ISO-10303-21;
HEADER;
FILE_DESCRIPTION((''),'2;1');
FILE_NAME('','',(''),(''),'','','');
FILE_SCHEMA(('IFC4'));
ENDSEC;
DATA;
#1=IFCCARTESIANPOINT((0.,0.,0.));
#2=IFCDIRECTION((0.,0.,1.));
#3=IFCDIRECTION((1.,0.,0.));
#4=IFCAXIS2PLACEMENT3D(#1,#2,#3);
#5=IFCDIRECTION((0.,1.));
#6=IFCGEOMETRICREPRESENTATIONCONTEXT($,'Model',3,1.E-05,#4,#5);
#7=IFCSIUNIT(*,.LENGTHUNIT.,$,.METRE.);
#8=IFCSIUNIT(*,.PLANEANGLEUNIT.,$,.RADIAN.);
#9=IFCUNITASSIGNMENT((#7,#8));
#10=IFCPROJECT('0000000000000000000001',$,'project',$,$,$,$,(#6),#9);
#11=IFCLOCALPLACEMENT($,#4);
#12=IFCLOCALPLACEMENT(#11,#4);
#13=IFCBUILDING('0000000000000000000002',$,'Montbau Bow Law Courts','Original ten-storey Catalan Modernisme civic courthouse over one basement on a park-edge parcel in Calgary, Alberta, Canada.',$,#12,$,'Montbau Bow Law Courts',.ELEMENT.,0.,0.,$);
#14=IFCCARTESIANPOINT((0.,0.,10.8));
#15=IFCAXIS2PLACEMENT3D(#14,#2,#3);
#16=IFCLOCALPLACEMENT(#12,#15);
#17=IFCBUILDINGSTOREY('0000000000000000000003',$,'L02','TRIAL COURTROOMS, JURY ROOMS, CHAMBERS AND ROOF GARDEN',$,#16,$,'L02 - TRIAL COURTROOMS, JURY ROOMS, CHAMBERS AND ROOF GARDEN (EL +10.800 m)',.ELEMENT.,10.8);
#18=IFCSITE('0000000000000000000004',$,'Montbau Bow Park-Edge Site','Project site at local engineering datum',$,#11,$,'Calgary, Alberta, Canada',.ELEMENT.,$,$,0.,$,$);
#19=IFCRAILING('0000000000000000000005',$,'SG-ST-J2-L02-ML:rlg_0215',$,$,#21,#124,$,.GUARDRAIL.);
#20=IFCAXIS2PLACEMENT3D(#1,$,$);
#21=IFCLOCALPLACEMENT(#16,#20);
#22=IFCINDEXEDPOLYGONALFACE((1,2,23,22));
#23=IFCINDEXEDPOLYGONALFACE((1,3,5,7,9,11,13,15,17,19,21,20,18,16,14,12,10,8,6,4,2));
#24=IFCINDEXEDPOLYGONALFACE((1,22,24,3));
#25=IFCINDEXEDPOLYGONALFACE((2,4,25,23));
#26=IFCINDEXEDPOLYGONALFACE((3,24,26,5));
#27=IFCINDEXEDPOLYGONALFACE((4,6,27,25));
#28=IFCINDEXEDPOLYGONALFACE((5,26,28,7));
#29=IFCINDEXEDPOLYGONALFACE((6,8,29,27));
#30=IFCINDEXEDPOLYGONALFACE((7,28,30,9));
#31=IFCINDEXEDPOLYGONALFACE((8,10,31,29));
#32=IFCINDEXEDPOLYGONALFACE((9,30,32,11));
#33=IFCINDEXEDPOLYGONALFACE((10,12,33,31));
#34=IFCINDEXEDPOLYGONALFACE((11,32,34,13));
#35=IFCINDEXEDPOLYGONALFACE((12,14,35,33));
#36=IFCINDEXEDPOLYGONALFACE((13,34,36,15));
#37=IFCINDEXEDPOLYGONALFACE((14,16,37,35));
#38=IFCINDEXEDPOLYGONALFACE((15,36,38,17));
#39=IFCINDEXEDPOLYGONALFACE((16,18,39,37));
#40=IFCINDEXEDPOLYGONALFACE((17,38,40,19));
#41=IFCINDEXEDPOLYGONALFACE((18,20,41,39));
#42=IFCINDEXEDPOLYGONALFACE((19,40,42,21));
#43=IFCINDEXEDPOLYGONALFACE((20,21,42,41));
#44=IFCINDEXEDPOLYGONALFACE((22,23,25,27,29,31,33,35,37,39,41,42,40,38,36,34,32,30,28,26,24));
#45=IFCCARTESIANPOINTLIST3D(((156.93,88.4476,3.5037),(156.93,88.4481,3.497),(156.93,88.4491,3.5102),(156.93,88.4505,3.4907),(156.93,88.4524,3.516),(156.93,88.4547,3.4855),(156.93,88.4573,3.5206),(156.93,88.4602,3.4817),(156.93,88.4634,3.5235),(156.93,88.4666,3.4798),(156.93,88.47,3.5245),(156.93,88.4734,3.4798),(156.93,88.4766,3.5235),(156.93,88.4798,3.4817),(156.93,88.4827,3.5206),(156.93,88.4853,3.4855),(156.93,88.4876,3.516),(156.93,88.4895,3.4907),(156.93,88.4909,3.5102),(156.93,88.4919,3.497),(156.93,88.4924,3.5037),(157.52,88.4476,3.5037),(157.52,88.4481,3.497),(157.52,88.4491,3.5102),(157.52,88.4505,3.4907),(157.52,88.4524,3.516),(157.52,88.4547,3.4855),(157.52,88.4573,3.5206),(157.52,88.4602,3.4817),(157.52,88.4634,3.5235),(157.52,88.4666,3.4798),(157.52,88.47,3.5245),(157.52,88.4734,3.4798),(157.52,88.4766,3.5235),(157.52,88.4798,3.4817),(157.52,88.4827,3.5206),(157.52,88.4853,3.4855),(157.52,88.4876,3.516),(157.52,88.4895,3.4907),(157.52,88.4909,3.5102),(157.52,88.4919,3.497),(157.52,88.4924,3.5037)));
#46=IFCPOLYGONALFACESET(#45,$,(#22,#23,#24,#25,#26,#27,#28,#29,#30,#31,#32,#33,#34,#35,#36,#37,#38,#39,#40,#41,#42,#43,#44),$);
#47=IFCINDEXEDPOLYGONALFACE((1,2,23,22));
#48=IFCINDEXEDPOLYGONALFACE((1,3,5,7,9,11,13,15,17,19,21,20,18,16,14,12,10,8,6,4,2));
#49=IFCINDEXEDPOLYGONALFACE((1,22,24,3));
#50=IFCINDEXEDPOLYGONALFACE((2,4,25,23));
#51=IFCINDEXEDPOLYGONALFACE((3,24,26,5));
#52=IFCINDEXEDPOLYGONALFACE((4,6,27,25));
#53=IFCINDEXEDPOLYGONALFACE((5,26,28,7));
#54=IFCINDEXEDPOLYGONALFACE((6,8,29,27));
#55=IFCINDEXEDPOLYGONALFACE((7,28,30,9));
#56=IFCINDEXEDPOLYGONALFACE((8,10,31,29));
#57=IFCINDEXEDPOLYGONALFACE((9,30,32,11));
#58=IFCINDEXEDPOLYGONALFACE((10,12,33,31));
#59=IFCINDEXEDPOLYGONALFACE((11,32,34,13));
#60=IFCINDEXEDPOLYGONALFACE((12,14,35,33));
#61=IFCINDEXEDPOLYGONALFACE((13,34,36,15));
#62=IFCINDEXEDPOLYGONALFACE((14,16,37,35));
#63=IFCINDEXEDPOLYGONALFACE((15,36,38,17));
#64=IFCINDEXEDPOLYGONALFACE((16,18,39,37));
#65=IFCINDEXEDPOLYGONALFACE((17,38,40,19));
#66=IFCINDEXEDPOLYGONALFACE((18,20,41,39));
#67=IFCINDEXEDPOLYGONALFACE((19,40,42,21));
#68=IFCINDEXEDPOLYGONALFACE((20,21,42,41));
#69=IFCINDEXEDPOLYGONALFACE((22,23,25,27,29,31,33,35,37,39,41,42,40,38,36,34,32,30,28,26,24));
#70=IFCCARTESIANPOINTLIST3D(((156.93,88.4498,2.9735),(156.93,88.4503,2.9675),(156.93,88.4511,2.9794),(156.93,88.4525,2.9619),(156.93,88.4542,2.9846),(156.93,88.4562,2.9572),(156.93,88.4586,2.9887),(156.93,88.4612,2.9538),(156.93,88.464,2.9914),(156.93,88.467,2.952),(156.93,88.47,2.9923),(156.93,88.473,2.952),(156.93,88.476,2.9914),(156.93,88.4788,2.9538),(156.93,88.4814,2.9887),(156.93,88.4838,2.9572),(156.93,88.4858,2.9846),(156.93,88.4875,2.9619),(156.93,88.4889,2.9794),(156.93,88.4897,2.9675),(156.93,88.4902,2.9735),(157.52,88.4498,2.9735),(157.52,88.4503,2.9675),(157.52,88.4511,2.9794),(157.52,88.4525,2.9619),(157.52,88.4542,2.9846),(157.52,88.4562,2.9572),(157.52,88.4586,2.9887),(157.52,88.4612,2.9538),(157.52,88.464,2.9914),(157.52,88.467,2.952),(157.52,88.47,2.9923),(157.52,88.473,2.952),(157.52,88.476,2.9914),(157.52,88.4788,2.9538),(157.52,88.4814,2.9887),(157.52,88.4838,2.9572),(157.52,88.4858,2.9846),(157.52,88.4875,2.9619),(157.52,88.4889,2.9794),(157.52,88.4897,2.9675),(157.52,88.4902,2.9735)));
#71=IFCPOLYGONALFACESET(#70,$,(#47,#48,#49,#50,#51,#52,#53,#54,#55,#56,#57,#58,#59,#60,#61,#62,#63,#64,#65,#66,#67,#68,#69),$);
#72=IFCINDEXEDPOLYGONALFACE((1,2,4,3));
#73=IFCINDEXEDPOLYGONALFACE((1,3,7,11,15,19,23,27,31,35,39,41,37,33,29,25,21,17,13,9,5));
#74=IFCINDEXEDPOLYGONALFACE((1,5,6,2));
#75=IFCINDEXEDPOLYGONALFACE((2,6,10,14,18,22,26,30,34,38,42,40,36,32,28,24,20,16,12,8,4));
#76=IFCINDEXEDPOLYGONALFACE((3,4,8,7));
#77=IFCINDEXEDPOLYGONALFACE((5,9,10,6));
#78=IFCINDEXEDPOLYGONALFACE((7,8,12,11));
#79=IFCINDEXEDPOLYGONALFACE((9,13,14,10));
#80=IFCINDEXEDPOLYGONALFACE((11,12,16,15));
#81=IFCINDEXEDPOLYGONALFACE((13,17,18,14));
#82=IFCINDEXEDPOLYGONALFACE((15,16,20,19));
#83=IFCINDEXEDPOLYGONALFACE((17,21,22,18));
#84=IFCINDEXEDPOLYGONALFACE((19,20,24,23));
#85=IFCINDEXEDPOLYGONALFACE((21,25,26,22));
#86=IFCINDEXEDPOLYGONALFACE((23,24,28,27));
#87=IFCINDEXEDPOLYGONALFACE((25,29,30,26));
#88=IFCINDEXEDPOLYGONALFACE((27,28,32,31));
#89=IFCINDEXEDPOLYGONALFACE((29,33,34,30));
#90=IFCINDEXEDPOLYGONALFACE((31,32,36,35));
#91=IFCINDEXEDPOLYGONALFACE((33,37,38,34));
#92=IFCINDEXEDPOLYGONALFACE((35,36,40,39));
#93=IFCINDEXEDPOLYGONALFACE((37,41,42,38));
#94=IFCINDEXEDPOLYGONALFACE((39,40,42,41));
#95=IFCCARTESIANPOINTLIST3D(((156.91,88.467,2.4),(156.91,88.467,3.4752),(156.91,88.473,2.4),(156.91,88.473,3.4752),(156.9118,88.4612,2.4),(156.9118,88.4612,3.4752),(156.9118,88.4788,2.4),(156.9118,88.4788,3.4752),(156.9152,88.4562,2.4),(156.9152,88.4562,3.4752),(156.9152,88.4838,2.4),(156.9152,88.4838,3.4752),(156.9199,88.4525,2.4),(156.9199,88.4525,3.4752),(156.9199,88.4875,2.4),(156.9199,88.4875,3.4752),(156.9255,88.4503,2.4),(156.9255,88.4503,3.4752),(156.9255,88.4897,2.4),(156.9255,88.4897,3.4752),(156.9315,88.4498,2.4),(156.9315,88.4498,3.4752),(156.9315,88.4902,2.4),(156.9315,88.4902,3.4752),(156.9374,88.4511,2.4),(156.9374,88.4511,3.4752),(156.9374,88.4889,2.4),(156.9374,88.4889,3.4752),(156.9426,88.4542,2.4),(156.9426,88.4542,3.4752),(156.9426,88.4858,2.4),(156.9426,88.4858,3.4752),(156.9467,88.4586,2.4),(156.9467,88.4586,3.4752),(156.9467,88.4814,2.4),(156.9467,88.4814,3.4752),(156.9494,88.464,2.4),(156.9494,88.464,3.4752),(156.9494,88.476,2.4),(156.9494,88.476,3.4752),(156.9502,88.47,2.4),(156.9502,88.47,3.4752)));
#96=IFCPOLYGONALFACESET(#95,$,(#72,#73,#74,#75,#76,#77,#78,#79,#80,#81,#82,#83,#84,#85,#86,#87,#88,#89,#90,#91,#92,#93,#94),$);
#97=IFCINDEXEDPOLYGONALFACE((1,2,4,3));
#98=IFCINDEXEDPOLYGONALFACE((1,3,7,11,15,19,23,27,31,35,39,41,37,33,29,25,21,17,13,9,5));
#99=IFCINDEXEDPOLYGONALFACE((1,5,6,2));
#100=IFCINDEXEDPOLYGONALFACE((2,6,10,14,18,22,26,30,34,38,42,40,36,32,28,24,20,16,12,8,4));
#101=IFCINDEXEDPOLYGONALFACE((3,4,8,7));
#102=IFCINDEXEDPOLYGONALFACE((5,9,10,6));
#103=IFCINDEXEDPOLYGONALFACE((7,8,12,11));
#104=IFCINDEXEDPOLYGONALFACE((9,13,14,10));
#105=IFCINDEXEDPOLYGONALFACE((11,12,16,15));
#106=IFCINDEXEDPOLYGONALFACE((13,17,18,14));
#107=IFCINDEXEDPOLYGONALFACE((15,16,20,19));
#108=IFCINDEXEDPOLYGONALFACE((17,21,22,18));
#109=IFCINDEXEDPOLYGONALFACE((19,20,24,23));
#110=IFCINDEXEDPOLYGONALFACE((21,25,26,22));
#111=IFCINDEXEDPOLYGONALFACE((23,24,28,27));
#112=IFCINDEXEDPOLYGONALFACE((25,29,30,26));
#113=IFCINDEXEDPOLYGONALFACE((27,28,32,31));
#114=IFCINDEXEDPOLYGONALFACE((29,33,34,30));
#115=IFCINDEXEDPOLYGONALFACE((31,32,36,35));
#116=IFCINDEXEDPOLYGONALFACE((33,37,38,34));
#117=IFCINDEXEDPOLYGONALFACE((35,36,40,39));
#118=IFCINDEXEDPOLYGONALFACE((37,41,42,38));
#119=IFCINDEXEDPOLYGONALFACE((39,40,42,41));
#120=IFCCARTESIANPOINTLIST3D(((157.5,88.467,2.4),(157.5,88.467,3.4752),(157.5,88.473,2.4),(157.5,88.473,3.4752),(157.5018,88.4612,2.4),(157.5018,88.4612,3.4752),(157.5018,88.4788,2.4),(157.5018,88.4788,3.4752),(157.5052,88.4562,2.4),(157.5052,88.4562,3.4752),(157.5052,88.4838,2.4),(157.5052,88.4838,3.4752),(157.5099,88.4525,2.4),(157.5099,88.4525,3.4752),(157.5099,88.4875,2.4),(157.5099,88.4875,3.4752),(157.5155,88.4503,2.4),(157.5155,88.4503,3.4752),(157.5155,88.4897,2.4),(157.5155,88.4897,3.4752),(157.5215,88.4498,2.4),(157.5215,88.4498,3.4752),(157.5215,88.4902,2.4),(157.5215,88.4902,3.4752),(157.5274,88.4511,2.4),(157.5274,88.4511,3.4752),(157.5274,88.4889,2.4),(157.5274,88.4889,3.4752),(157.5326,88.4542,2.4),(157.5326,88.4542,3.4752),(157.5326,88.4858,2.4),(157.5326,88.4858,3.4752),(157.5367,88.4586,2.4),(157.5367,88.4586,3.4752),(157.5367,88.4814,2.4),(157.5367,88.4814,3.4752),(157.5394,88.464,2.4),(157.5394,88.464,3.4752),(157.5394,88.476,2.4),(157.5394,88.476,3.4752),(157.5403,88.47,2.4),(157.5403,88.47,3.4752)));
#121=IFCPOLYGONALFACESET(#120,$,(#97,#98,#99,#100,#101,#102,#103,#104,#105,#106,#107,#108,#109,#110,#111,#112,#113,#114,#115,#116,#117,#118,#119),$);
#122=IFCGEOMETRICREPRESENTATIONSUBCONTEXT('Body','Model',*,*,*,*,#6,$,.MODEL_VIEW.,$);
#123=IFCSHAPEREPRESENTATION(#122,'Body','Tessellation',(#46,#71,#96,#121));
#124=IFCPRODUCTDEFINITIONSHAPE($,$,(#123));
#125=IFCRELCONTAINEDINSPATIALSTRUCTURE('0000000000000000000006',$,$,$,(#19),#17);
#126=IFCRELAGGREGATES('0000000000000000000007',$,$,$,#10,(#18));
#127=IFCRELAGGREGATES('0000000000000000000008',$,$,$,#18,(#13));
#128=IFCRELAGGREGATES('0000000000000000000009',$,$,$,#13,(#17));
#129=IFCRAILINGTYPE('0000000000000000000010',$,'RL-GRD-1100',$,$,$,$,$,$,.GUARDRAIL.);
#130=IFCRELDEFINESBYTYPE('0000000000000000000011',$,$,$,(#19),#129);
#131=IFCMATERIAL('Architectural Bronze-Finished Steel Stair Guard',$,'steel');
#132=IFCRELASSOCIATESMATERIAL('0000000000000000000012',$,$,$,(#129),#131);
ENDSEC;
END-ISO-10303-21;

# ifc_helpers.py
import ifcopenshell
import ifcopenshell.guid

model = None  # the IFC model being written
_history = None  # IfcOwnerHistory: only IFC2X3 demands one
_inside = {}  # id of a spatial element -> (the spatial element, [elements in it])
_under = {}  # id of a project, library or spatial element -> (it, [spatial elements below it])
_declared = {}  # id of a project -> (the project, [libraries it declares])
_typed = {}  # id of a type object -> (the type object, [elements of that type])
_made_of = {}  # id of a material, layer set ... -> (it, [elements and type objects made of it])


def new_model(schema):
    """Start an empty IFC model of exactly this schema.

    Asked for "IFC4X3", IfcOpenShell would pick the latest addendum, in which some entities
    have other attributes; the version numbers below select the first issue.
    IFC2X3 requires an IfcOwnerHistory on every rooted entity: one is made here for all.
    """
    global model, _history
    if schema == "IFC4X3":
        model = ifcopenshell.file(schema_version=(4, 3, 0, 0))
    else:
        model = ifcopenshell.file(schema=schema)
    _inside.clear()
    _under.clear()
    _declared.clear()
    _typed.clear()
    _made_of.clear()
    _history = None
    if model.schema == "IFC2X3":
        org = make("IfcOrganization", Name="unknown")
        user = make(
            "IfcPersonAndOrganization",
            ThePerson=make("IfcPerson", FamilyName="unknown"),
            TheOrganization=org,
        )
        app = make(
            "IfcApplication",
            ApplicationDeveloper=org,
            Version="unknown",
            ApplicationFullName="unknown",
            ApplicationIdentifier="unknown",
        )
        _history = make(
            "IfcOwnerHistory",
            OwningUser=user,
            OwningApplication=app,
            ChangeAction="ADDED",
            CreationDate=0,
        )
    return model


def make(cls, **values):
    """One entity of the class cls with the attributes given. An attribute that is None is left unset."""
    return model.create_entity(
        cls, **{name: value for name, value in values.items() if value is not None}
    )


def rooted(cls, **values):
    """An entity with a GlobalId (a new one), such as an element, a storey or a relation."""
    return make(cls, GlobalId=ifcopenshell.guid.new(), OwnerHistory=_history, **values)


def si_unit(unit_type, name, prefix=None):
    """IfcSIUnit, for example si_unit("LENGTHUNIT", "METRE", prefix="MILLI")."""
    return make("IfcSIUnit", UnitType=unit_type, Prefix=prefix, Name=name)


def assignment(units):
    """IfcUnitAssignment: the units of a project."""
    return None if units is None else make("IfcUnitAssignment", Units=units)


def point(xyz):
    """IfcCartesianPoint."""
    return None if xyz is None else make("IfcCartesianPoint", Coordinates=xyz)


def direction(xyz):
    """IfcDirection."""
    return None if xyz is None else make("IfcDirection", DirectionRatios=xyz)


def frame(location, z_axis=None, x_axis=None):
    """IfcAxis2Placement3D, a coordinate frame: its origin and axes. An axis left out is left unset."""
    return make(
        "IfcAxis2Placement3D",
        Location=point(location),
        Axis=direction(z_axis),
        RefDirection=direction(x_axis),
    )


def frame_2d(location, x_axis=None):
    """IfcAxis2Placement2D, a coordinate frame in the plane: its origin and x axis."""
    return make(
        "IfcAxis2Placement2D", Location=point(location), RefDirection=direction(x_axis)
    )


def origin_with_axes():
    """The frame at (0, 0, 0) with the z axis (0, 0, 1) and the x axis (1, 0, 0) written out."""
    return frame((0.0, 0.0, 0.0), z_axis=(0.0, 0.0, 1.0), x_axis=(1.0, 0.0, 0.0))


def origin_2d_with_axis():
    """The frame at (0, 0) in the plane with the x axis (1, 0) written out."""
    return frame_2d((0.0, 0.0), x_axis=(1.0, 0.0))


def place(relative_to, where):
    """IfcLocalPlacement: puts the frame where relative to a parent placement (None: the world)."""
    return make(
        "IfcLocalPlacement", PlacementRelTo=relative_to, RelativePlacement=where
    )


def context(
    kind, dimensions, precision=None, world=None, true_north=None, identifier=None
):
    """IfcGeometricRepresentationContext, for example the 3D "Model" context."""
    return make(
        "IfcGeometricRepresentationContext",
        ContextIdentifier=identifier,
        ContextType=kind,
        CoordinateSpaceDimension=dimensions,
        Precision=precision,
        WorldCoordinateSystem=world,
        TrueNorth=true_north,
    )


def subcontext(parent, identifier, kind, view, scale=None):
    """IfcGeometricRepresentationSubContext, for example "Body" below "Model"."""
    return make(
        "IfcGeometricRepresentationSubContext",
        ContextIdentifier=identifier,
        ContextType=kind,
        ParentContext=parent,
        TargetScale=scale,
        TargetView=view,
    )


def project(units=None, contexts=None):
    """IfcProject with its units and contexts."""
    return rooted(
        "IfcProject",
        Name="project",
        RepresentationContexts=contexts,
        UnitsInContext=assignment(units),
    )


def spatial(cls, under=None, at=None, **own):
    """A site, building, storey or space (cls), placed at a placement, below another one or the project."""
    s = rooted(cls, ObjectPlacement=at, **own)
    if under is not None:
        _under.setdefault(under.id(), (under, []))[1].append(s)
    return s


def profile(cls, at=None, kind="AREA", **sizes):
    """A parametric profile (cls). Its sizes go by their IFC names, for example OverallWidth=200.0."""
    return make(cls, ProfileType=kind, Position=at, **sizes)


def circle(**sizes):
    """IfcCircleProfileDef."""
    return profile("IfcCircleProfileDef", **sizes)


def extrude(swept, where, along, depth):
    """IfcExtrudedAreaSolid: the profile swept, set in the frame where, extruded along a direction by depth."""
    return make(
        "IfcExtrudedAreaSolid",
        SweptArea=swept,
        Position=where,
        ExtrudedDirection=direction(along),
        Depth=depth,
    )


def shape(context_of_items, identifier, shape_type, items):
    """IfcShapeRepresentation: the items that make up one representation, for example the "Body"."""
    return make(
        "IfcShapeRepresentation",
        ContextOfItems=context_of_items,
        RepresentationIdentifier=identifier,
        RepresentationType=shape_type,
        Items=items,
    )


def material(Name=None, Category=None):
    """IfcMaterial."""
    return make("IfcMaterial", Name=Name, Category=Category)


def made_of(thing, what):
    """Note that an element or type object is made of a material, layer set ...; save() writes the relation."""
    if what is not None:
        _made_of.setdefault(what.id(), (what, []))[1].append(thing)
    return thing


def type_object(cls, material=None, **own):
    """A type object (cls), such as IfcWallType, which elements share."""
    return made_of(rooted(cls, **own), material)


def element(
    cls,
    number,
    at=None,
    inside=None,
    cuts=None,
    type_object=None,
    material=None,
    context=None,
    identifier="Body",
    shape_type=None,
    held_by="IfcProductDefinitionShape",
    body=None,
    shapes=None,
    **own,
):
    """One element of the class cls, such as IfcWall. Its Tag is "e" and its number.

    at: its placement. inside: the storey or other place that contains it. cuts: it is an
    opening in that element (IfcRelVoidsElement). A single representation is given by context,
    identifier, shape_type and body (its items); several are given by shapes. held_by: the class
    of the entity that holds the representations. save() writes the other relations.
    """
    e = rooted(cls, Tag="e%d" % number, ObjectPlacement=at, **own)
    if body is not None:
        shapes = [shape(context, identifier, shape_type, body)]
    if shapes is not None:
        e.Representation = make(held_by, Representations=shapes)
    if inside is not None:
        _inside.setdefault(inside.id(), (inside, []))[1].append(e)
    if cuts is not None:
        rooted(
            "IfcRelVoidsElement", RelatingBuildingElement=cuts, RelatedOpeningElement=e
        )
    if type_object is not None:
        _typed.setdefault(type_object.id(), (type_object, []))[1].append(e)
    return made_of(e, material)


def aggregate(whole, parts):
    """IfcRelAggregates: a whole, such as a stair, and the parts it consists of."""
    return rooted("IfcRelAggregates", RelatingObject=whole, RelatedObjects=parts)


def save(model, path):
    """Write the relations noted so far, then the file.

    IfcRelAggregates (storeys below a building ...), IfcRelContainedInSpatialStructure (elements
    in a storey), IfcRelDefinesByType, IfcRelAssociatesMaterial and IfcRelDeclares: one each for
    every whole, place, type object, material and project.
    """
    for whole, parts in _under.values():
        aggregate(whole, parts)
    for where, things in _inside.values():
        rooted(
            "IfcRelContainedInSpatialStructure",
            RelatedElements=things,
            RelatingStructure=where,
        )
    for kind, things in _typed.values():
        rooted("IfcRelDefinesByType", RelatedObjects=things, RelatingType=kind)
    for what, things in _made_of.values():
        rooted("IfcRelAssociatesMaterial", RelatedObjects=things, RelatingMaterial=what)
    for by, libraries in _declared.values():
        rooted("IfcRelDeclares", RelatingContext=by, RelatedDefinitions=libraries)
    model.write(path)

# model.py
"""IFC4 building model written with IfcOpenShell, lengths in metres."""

from ifc_helpers import new_model, si_unit, direction, frame, origin_with_axes, origin_2d_with_axis, place, context, subcontext, project, spatial, circle, extrude, material, type_object, element, save


model = new_model("IFC4")

# Units and contexts
model_context = context("Model", 3, precision=1e-05, world=origin_with_axes(), true_north=direction((0.0, 1.0)))
body_context = subcontext(model_context, "Body", "Model", "MODEL_VIEW")
ifc_project = project(units=[si_unit("LENGTHUNIT", "METRE"), si_unit("PLANEANGLEUNIT", "RADIAN")], contexts=[model_context])

# Site, building, storey
site_placement = place(None, origin_with_axes())
site = spatial("IfcSite", under=ifc_project, at=site_placement, Name="Montbau Bow Park-Edge Site", Description="Project site at local engineering datum", LongName="Calgary, Alberta, Canada", CompositionType="ELEMENT", RefElevation=0.0)
building_placement = place(site_placement, origin_with_axes())
building = spatial("IfcBuilding", under=site, at=building_placement, Name="Montbau Bow Law Courts", Description="Original ten-storey Catalan Modernisme civic courthouse over one basement on a park-edge parcel in Calgary, Alberta, Canada.", LongName="Montbau Bow Law Courts", CompositionType="ELEMENT", ElevationOfRefHeight=0.0, ElevationOfTerrain=0.0)
storey_placement = place(building_placement, frame((0.0, 0.0, 10.8), z_axis=(0.0, 0.0, 1.0), x_axis=(1.0, 0.0, 0.0)))
storey = spatial("IfcBuildingStorey", under=building, at=storey_placement, Name="L02", Description="TRIAL COURTROOMS, JURY ROOMS, CHAMBERS AND ROOF GARDEN", LongName="L02 - TRIAL COURTROOMS, JURY ROOMS, CHAMBERS AND ROOF GARDEN (EL +10.800 m)", CompositionType="ELEMENT", Elevation=10.8)

# Railing
ifc_material_1 = material(Name="Architectural Bronze-Finished Steel Stair Guard", Category="steel")
railing_type_1 = type_object("IfcRailingType", Name="RL-GRD-1100", PredefinedType="GUARDRAIL", material=ifc_material_1)
railing_1_placement = place(None, origin_with_axes())
element("IfcRailing", 1, at=railing_1_placement, inside=storey, type_object=railing_type_1, Name="SG-ST-J2-L02-ML:rlg_0215", PredefinedType="GUARDRAIL", context=body_context, shape_type="SweptSolid", body=[
    extrude(circle(Radius=0.0225, at=origin_2d_with_axis()), frame((156.93, 88.47, 14.302), z_axis=(1.0, 0.0, 0.0), x_axis=(0.0, 0.0, 1.0)), (0.0, 0.0, 1.0), 0.59),
    extrude(circle(Radius=0.0203, at=origin_2d_with_axis()), frame((156.93, 88.47, 13.772), z_axis=(1.0, 0.0, 0.0), x_axis=(0.0, 0.0, 1.0)), (0.0, 0.0, 1.0), 0.59),
    extrude(circle(Radius=0.0203, at=origin_2d_with_axis()), frame((156.93, 88.47, 13.2), z_axis=(0.0, 0.0, 1.0), x_axis=(1.0, 0.0, 0.0)), (0.0, 0.0, 1.0), 1.0753),
    extrude(circle(Radius=0.0203, at=origin_2d_with_axis()), frame((157.52, 88.47, 13.2), z_axis=(0.0, 0.0, 1.0), x_axis=(1.0, 0.0, 0.0)), (0.0, 0.0, 1.0), 1.0753),
])

save(model, "model.ifc")
